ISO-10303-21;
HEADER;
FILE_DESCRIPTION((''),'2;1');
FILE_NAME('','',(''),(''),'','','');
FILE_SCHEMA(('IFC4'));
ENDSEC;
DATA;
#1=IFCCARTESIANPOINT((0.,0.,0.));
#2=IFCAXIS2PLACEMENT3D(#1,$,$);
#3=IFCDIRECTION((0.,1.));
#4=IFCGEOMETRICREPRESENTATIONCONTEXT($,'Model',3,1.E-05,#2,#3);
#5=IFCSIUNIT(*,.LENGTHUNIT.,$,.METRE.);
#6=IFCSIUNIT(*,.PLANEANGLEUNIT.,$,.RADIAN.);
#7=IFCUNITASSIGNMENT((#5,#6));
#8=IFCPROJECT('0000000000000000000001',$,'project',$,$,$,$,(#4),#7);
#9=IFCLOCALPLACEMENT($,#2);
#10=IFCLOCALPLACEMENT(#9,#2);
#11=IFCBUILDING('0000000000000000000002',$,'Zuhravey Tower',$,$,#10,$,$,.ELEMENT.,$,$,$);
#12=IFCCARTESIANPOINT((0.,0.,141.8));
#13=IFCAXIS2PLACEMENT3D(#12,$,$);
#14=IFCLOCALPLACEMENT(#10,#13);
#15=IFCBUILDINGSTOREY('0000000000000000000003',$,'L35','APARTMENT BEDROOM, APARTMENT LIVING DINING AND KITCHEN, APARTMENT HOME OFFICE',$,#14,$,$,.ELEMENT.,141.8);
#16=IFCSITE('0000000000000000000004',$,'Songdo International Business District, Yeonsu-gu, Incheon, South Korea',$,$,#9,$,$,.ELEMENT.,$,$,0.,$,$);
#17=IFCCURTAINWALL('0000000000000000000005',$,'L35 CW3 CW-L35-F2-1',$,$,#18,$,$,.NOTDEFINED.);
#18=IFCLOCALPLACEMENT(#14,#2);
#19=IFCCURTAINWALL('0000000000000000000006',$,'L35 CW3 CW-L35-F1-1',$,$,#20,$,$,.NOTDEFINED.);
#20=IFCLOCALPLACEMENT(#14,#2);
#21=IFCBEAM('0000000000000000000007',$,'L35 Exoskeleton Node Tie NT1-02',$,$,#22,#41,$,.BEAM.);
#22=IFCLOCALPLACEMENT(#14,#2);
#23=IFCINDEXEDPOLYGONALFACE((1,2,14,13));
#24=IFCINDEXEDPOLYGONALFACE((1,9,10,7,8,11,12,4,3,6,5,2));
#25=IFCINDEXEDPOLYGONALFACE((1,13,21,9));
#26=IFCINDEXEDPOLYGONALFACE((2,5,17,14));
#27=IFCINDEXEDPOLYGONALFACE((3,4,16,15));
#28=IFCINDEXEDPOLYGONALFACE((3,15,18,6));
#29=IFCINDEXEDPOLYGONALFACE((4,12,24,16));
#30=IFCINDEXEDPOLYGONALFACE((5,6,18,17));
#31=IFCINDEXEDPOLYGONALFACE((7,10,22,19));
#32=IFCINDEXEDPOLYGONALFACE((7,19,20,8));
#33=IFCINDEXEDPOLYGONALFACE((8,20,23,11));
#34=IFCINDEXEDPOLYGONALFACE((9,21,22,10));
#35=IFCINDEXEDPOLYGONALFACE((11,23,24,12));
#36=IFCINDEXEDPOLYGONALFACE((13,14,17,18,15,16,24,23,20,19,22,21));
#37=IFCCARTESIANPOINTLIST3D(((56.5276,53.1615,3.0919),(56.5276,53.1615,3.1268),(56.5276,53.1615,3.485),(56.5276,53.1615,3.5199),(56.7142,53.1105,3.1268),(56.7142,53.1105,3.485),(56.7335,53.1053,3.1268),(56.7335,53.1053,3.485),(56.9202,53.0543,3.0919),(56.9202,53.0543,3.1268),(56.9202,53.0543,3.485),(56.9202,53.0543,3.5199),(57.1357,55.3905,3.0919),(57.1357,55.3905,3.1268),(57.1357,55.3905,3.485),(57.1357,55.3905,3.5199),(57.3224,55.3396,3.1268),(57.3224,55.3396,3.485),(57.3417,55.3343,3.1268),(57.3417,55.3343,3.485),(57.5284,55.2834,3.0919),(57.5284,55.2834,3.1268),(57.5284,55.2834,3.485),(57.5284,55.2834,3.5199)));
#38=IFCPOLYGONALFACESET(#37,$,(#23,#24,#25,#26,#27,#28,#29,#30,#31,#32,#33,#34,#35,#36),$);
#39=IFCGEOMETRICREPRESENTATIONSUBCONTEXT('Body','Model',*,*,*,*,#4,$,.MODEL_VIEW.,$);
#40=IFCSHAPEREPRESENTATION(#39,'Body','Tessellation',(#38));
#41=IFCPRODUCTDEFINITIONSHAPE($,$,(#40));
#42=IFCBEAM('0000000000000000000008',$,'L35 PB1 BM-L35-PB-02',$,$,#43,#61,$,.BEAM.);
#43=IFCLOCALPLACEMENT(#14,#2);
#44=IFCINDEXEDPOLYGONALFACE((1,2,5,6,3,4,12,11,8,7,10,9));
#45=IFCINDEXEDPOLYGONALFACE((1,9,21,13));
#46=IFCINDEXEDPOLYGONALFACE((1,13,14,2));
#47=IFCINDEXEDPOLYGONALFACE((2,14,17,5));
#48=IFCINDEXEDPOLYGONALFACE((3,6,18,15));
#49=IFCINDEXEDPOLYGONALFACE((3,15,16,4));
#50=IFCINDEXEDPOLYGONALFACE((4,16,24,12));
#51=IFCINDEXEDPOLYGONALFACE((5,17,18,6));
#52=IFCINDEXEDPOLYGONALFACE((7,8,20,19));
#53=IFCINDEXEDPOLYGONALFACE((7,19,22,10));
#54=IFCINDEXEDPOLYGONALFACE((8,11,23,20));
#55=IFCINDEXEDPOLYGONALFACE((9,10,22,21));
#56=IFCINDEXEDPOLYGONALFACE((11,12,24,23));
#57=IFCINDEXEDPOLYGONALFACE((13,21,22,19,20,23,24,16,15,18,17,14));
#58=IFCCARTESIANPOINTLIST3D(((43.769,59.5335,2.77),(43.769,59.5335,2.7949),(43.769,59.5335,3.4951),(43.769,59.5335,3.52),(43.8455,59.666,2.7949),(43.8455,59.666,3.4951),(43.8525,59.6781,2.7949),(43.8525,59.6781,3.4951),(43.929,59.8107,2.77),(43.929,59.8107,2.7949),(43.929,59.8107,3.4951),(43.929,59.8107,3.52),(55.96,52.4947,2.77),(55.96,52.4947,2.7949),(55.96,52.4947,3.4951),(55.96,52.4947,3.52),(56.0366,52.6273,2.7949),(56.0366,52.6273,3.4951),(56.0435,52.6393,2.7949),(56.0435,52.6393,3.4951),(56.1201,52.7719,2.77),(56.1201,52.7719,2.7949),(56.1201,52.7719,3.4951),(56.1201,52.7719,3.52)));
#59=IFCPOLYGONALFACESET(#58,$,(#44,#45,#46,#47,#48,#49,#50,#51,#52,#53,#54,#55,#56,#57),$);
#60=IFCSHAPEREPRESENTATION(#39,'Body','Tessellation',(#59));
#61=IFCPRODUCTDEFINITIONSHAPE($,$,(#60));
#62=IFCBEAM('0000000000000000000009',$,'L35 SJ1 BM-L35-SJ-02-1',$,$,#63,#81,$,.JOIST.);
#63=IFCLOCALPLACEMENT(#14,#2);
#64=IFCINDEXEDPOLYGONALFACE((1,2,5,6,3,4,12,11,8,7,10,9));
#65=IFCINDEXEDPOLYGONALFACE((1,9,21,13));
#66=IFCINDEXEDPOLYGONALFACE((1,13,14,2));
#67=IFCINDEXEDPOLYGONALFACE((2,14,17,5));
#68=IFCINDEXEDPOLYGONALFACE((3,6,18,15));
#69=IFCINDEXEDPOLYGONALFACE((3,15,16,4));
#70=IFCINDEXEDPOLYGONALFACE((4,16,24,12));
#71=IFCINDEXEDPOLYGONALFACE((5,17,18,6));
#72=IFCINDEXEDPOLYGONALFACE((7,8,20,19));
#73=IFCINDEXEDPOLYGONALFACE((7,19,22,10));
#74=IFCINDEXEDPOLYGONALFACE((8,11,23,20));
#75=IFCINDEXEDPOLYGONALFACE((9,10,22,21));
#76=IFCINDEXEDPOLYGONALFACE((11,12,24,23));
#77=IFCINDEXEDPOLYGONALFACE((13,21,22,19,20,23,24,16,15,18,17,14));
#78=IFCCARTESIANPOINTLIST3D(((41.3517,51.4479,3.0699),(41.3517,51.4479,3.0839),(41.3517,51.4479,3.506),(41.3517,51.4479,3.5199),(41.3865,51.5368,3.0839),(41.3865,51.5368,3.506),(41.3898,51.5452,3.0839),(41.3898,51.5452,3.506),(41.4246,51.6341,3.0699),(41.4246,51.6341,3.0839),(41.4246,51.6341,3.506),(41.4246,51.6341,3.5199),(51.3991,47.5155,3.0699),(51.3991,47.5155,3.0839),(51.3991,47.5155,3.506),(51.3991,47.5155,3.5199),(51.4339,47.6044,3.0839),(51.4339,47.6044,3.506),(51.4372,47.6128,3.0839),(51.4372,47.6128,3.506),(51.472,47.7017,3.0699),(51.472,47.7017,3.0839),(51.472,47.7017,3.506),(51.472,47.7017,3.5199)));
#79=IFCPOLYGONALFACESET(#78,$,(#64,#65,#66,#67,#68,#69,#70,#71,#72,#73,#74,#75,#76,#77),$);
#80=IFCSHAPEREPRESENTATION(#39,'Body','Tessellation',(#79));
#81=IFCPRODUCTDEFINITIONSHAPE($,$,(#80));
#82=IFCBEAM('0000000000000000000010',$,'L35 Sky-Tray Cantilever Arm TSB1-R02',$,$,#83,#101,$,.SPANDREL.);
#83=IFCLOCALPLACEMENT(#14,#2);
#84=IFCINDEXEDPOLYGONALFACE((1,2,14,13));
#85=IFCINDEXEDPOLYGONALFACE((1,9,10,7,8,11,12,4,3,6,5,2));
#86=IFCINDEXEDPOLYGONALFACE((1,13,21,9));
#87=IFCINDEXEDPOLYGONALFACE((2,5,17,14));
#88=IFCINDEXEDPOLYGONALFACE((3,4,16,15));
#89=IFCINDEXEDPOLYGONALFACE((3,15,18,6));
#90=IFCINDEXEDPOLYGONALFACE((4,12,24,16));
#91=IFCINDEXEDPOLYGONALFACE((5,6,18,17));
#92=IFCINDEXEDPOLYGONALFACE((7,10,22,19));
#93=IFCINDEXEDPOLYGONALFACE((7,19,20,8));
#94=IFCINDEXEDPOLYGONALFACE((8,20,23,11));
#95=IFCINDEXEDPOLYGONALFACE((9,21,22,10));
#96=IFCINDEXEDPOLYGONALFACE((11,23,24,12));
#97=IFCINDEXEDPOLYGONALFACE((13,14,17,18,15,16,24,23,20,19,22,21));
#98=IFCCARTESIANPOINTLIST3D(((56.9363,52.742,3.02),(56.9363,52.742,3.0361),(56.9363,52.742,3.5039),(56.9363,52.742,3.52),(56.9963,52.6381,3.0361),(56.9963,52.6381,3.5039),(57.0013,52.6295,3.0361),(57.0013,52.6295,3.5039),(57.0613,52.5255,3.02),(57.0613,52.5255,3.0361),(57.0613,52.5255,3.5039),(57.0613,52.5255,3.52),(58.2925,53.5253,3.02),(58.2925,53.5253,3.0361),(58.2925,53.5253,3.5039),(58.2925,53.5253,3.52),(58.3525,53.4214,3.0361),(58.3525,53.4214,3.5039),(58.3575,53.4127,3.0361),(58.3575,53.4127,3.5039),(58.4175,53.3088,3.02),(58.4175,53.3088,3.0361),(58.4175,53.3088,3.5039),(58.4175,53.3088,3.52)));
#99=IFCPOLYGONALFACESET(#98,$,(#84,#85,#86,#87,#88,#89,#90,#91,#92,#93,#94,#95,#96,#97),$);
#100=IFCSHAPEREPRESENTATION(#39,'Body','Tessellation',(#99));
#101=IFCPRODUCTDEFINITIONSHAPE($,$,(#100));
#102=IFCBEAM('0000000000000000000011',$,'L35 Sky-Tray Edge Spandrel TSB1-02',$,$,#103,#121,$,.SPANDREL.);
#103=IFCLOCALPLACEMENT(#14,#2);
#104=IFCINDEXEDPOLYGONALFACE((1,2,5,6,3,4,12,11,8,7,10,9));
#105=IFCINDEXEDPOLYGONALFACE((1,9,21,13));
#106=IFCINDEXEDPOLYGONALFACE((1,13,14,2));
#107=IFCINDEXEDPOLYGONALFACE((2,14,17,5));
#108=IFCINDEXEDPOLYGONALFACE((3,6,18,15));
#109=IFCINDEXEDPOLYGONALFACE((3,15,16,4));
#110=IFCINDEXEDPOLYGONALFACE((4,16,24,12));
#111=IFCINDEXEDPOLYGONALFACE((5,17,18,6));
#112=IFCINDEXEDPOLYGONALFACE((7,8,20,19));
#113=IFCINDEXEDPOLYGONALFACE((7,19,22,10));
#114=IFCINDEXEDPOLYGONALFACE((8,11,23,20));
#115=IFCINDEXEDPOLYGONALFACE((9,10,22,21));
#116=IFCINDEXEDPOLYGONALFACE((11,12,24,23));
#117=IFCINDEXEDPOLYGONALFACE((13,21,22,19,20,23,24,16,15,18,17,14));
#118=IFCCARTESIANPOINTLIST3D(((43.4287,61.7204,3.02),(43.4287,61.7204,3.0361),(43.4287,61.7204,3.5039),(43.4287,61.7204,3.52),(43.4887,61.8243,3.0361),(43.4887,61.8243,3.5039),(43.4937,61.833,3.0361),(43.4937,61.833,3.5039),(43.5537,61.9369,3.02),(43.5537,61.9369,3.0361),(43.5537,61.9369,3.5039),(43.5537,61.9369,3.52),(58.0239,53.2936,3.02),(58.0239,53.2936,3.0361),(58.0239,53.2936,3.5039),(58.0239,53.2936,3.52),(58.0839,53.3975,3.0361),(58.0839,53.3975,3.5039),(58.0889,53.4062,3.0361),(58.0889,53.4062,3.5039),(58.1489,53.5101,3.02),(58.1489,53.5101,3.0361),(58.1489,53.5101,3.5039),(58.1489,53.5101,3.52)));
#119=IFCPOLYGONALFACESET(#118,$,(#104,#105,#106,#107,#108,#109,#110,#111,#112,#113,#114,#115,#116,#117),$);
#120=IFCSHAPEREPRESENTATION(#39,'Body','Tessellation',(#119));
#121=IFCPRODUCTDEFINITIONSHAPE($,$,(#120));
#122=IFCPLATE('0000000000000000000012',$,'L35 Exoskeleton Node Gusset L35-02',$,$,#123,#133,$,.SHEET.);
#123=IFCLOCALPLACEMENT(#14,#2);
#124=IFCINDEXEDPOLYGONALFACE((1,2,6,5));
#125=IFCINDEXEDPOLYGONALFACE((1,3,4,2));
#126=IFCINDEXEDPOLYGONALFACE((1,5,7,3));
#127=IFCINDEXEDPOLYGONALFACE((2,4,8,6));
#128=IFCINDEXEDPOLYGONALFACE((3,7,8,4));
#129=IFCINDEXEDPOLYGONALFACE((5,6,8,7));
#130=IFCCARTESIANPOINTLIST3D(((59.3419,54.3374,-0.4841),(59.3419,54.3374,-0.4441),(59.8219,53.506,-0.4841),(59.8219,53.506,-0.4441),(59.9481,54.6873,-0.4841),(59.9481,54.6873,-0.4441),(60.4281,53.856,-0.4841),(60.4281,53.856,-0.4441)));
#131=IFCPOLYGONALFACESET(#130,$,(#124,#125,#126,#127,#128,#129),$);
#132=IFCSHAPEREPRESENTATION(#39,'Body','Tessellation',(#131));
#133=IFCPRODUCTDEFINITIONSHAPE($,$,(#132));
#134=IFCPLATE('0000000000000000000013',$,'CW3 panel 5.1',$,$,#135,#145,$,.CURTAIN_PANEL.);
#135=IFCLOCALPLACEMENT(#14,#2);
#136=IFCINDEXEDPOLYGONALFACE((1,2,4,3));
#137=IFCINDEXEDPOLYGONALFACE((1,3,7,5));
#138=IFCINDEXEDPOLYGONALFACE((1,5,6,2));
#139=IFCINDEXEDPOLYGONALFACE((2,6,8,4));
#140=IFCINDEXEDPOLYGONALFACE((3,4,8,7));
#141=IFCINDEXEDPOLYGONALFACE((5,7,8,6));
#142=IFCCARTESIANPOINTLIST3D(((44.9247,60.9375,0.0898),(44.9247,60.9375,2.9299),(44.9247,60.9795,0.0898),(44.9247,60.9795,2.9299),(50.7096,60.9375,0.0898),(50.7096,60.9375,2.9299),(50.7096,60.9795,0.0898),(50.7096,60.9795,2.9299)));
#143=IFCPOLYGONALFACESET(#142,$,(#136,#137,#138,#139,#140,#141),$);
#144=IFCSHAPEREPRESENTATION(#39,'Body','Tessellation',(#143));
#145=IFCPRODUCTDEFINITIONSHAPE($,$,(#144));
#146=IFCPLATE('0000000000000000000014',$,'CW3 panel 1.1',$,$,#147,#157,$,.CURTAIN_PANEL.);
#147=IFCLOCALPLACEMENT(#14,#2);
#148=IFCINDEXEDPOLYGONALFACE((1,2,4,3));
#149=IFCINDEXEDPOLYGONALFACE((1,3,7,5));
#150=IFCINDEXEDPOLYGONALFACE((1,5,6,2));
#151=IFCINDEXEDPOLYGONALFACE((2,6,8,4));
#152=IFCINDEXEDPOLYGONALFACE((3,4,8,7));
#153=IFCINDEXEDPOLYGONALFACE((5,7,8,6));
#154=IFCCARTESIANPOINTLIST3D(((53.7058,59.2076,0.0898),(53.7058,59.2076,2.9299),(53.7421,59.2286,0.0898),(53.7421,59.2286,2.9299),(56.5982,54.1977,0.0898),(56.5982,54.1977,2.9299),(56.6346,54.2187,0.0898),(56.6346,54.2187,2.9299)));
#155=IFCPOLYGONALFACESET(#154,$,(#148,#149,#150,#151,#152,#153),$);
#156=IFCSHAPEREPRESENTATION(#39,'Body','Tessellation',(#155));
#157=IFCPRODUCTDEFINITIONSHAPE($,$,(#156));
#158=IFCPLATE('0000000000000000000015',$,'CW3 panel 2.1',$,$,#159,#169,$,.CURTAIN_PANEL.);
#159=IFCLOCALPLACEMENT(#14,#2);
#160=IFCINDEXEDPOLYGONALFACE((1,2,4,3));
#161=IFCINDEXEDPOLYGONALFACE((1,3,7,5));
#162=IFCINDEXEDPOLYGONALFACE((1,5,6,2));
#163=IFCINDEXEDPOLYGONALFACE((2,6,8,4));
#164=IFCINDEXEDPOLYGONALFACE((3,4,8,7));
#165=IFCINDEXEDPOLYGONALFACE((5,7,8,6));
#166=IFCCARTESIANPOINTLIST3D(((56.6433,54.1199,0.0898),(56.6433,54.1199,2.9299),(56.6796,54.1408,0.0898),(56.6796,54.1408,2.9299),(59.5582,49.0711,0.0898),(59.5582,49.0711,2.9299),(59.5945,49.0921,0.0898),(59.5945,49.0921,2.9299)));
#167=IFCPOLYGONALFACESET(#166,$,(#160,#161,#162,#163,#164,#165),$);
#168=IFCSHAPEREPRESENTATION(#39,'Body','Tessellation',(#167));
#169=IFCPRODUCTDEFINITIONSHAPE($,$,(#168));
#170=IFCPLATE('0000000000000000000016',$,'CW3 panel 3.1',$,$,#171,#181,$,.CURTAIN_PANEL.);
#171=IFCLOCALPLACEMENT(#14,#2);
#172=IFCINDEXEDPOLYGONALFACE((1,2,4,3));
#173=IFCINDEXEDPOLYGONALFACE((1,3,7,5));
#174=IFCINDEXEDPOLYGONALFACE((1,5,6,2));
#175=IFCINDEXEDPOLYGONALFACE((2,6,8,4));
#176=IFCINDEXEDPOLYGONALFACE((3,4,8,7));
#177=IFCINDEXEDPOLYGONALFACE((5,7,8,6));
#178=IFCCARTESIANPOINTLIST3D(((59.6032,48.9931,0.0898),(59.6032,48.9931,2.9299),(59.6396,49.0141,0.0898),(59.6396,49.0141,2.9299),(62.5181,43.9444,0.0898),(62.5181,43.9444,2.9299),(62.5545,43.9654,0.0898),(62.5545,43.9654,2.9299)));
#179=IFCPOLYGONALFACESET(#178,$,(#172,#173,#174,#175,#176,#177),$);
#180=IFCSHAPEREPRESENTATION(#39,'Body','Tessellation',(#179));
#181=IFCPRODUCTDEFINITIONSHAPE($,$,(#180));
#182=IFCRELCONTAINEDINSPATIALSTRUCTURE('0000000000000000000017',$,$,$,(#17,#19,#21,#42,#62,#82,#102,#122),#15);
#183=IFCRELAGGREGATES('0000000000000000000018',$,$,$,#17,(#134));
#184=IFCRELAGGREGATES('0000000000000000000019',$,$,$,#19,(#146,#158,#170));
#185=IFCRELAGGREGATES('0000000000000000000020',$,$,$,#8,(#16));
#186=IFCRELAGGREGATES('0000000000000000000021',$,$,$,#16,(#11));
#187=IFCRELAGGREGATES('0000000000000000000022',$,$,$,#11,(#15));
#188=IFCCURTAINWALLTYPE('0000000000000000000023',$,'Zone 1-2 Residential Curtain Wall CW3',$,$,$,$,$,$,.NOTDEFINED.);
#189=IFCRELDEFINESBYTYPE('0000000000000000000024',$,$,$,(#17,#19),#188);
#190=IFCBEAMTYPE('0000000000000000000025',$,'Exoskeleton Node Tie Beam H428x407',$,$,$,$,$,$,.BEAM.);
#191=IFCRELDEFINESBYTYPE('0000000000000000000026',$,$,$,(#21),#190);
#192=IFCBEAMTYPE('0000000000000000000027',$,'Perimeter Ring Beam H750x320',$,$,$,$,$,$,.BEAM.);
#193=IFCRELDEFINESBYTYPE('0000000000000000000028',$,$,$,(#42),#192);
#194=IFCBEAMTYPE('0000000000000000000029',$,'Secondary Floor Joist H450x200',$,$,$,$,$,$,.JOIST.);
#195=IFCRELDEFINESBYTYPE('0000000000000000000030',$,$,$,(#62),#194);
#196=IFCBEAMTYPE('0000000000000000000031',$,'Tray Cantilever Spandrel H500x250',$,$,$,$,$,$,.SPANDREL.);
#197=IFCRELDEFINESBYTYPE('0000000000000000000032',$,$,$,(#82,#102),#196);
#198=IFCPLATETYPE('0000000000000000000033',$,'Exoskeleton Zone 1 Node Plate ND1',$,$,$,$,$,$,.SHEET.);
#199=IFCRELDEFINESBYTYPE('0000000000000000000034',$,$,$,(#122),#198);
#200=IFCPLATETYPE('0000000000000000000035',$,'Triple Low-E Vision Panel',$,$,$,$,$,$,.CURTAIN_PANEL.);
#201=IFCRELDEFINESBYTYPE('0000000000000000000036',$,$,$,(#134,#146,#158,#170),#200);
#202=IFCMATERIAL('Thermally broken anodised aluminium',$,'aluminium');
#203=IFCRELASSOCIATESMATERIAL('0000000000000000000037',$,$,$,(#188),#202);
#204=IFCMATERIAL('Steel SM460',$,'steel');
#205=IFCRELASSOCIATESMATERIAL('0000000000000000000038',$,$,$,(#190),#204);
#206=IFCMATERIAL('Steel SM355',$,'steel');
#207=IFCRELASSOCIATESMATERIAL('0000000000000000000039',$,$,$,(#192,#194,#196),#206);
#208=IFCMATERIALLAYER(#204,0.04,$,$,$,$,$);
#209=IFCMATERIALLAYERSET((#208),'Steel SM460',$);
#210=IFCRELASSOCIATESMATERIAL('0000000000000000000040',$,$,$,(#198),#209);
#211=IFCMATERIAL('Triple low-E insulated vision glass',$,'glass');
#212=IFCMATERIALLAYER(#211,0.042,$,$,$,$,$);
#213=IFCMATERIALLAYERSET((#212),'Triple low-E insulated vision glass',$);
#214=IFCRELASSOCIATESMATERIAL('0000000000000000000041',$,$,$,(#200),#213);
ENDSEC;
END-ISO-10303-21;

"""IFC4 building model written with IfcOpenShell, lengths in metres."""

from ifc_helpers import new_model, si_unit, direction, frame, origin, origin_2d, place, context, subcontext, project, spatial, rectangle, i_section, extrude, material, layer, layer_set, material_profile, profile_set, type_object, element, aggregate, save


model = new_model("IFC4")

# Units and contexts
model_context = context("Model", 3, precision=1e-05, world=origin(), true_north=direction((0.0, 1.0)))
body_context = subcontext(model_context, "Body", "Model", "MODEL_VIEW")
ifc_project = project(units=[si_unit("LENGTHUNIT", "METRE"), si_unit("PLANEANGLEUNIT", "RADIAN")], contexts=[model_context])

# Site, building, storey
site_placement = place(None, origin())
site = spatial("IfcSite", under=ifc_project, at=site_placement, Name="Songdo International Business District, Yeonsu-gu, Incheon, South Korea", CompositionType="ELEMENT", RefElevation=0.0)
building_placement = place(site_placement, origin())
building = spatial("IfcBuilding", under=site, at=building_placement, Name="Zuhravey Tower", CompositionType="ELEMENT")
storey_placement = place(building_placement, frame((0.0, 0.0, 141.8)))
storey = spatial("IfcBuildingStorey", under=building, at=storey_placement, Name="L35", Description="APARTMENT BEDROOM, APARTMENT LIVING DINING AND KITCHEN, APARTMENT HOME OFFICE", CompositionType="ELEMENT", Elevation=141.8)

# Curtain wall
ifc_material_1 = material(Name="Thermally broken anodised aluminium", Category="aluminium")
curtain_wall_type = type_object("IfcCurtainWallType", Name="Zone 1-2 Residential Curtain Wall CW3", PredefinedType="NOTDEFINED", material=ifc_material_1)
curtain_wall_1_placement = place(storey_placement, origin())
curtain_wall_1 = element("IfcCurtainWall", 1, at=curtain_wall_1_placement, inside=storey, type_object=curtain_wall_type, Name="L35 CW3 CW-L35-F2-1", PredefinedType="NOTDEFINED")

# Curtain wall
curtain_wall_2_placement = place(storey_placement, origin())
curtain_wall_2 = element("IfcCurtainWall", 2, at=curtain_wall_2_placement, inside=storey, type_object=curtain_wall_type, Name="L35 CW3 CW-L35-F1-1", PredefinedType="NOTDEFINED")

# Beams
ifc_material_2 = material(Name="Steel SM460", Category="steel")
ifc_material_profile_1 = material_profile(ifc_material_2, i_section(OverallWidth=0.407, OverallDepth=0.428, WebThickness=0.02, FlangeThickness=0.0349, at=origin_2d()), Name="H-428x407x20x35")
ifc_profile_set_1 = profile_set([ifc_material_profile_1], Name="Steel SM460")
beam_type_1 = type_object("IfcBeamType", Name="Exoskeleton Node Tie Beam H428x407", PredefinedType="BEAM", material=ifc_profile_set_1)
beam_1_placement = place(storey_placement, frame((56.7239, 53.1079, 3.3059), z_axis=(0.263216, 0.964737, 0.0), x_axis=(-0.964737, 0.263216, 0.0)))
element("IfcBeam", 3, at=beam_1_placement, inside=storey, type_object=beam_type_1, Name="L35 Exoskeleton Node Tie NT1-02", PredefinedType="BEAM", context=body_context, shape_type="SweptSolid", body=[
    extrude(i_section(OverallWidth=0.407, OverallDepth=0.428, WebThickness=0.02, FlangeThickness=0.0349, at=origin_2d()), origin(), (0.0, 0.0, 1.0), 2.3105),
])
ifc_material_3 = material(Name="Steel SM355", Category="steel")
ifc_material_profile_2 = material_profile(ifc_material_3, i_section(OverallWidth=0.3201, OverallDepth=0.75, WebThickness=0.0139, FlangeThickness=0.0249, at=origin_2d()), Name="H-750x320x14x25")
ifc_profile_set_2 = profile_set([ifc_material_profile_2], Name="Steel SM355")
beam_type_2 = type_object("IfcBeamType", Name="Perimeter Ring Beam H750x320", PredefinedType="BEAM", material=ifc_profile_set_2)
beam_2_placement = place(storey_placement, frame((56.04, 52.6333, 3.145), z_axis=(-0.866018, 0.500013, 0.0), x_axis=(-0.500013, -0.866018, 0.0)))
element("IfcBeam", 4, at=beam_2_placement, inside=storey, type_object=beam_type_2, Name="L35 PB1 BM-L35-PB-02", PredefinedType="BEAM", context=body_context, shape_type="SweptSolid", body=[
    extrude(i_section(OverallWidth=0.3201, OverallDepth=0.75, WebThickness=0.0139, FlangeThickness=0.0249, at=origin_2d()), origin(), (0.0, 0.0, 1.0), 14.0771),
])
ifc_material_profile_3 = material_profile(ifc_material_3, i_section(OverallWidth=0.2, OverallDepth=0.45, WebThickness=0.009, FlangeThickness=0.0139, at=origin_2d()), Name="H-450x200x9x14")
ifc_profile_set_3 = profile_set([ifc_material_profile_3], Name="Steel SM355")
beam_type_3 = type_object("IfcBeamType", Name="Secondary Floor Joist H450x200", PredefinedType="JOIST", material=ifc_profile_set_3)
beam_3_placement = place(storey_placement, frame((51.4355, 47.6086, 3.2949), z_axis=(-0.931218, 0.364463, 0.0), x_axis=(-0.364463, -0.931218, 0.0)))
element("IfcBeam", 5, at=beam_3_placement, inside=storey, type_object=beam_type_3, Name="L35 SJ1 BM-L35-SJ-02-1", PredefinedType="JOIST", context=body_context, shape_type="SweptSolid", body=[
    extrude(i_section(OverallWidth=0.2, OverallDepth=0.45, WebThickness=0.009, FlangeThickness=0.0139, at=origin_2d()), origin(), (0.0, 0.0, 1.0), 10.7896),
])
ifc_material_profile_4 = material_profile(ifc_material_3, i_section(OverallWidth=0.25, OverallDepth=0.5, WebThickness=0.01, FlangeThickness=0.0161, at=origin_2d()), Name="H-500x250x10x16")
ifc_profile_set_4 = profile_set([ifc_material_profile_4], Name="Steel SM355")
beam_type_4 = type_object("IfcBeamType", Name="Tray Cantilever Spandrel H500x250", PredefinedType="SPANDREL", material=ifc_profile_set_4)
beam_4_placement = place(storey_placement, frame((56.9988, 52.6338, 3.27), z_axis=(0.86597, 0.500096, 0.0), x_axis=(-0.500096, 0.86597, 0.0)))
element("IfcBeam", 6, at=beam_4_placement, inside=storey, type_object=beam_type_4, Name="L35 Sky-Tray Cantilever Arm TSB1-R02", PredefinedType="SPANDREL", context=body_context, shape_type="SweptSolid", body=[
    extrude(i_section(OverallWidth=0.25, OverallDepth=0.5, WebThickness=0.01, FlangeThickness=0.0161, at=origin_2d()), origin(), (0.0, 0.0, 1.0), 1.5662),
])
beam_5_placement = place(storey_placement, frame((58.0864, 53.4019, 3.27), z_axis=(-0.86602, 0.500009, 0.0), x_axis=(-0.500009, -0.86602, 0.0)))
element("IfcBeam", 7, at=beam_5_placement, inside=storey, type_object=beam_type_4, Name="L35 Sky-Tray Edge Spandrel TSB1-02", PredefinedType="SPANDREL", context=body_context, shape_type="SweptSolid", body=[
    extrude(i_section(OverallWidth=0.25, OverallDepth=0.5, WebThickness=0.01, FlangeThickness=0.0161, at=origin_2d()), origin(), (0.0, 0.0, 1.0), 16.8533),
])

# Plates
ifc_layer_1 = layer(ifc_material_2, 0.04)
ifc_layer_set_1 = layer_set([ifc_layer_1], Name="Steel SM460")
plate_type_1 = type_object("IfcPlateType", Name="Exoskeleton Zone 1 Node Plate ND1", PredefinedType="SHEET", material=ifc_layer_set_1)
plate_1_placement = place(storey_placement, frame((59.885, 54.0967, -0.4841), z_axis=(0.0, 0.0, 1.0), x_axis=(-0.5, 0.866025, 0.0)))
element("IfcPlate", 8, at=plate_1_placement, inside=storey, type_object=plate_type_1, Name="L35 Exoskeleton Node Gusset L35-02", PredefinedType="SHEET", context=body_context, shape_type="SweptSolid", body=[
    extrude(rectangle(XDim=0.96, YDim=0.7, at=origin_2d()), origin(), (0.0, 0.0, 1.0), 0.04),
])
ifc_material_4 = material(Name="Triple low-E insulated vision glass", Category="glass")
ifc_layer_2 = layer(ifc_material_4, 0.042)
ifc_layer_set_2 = layer_set([ifc_layer_2], Name="Triple low-E insulated vision glass")
plate_type_2 = type_object("IfcPlateType", Name="Triple Low-E Vision Panel", PredefinedType="CURTAIN_PANEL", material=ifc_layer_set_2)
plate_2_placement = place(storey_placement, frame((47.8171, 60.9585, 0.0898), z_axis=(0.0, 0.0, 1.0), x_axis=(1.0, 0.0, 0.0)))
plate_2 = element("IfcPlate", 9, at=plate_2_placement, type_object=plate_type_2, Name="CW3 panel 5.1", PredefinedType="CURTAIN_PANEL", context=body_context, shape_type="SweptSolid", body=[
    extrude(rectangle(XDim=5.7849, YDim=0.042, at=origin_2d()), origin(), (0.0, 0.0, 1.0), 2.8401),
])
aggregate(curtain_wall_1, [plate_2])
plate_3_placement = place(storey_placement, frame((55.1702, 56.7131, 0.0898), z_axis=(0.0, 0.0, 1.0), x_axis=(0.5, -0.866026, 0.0)))
plate_3 = element("IfcPlate", 10, at=plate_3_placement, type_object=plate_type_2, Name="CW3 panel 1.1", PredefinedType="CURTAIN_PANEL", context=body_context, shape_type="SweptSolid", body=[
    extrude(rectangle(XDim=5.7849, YDim=0.042, at=origin_2d()), origin(), (0.0, 0.0, 1.0), 2.8401),
])
plate_4_placement = place(storey_placement, frame((58.1189, 51.606, 0.0898), z_axis=(0.0, 0.0, 1.0), x_axis=(0.5, -0.866026, 0.0)))
plate_4 = element("IfcPlate", 11, at=plate_4_placement, type_object=plate_type_2, Name="CW3 panel 2.1", PredefinedType="CURTAIN_PANEL", context=body_context, shape_type="SweptSolid", body=[
    extrude(rectangle(XDim=5.8298, YDim=0.042, at=origin_2d()), origin(), (0.0, 0.0, 1.0), 2.8401),
])
plate_5_placement = place(storey_placement, frame((61.0789, 46.4792, 0.0898), z_axis=(0.0, 0.0, 1.0), x_axis=(0.5, -0.866026, 0.0)))
plate_5 = element("IfcPlate", 12, at=plate_5_placement, type_object=plate_type_2, Name="CW3 panel 3.1", PredefinedType="CURTAIN_PANEL", context=body_context, shape_type="SweptSolid", body=[
    extrude(rectangle(XDim=5.8298, YDim=0.042, at=origin_2d()), origin(), (0.0, 0.0, 1.0), 2.8401),
])
aggregate(curtain_wall_2, [plate_3, plate_4, plate_5])

save(model, "model.ifc")
